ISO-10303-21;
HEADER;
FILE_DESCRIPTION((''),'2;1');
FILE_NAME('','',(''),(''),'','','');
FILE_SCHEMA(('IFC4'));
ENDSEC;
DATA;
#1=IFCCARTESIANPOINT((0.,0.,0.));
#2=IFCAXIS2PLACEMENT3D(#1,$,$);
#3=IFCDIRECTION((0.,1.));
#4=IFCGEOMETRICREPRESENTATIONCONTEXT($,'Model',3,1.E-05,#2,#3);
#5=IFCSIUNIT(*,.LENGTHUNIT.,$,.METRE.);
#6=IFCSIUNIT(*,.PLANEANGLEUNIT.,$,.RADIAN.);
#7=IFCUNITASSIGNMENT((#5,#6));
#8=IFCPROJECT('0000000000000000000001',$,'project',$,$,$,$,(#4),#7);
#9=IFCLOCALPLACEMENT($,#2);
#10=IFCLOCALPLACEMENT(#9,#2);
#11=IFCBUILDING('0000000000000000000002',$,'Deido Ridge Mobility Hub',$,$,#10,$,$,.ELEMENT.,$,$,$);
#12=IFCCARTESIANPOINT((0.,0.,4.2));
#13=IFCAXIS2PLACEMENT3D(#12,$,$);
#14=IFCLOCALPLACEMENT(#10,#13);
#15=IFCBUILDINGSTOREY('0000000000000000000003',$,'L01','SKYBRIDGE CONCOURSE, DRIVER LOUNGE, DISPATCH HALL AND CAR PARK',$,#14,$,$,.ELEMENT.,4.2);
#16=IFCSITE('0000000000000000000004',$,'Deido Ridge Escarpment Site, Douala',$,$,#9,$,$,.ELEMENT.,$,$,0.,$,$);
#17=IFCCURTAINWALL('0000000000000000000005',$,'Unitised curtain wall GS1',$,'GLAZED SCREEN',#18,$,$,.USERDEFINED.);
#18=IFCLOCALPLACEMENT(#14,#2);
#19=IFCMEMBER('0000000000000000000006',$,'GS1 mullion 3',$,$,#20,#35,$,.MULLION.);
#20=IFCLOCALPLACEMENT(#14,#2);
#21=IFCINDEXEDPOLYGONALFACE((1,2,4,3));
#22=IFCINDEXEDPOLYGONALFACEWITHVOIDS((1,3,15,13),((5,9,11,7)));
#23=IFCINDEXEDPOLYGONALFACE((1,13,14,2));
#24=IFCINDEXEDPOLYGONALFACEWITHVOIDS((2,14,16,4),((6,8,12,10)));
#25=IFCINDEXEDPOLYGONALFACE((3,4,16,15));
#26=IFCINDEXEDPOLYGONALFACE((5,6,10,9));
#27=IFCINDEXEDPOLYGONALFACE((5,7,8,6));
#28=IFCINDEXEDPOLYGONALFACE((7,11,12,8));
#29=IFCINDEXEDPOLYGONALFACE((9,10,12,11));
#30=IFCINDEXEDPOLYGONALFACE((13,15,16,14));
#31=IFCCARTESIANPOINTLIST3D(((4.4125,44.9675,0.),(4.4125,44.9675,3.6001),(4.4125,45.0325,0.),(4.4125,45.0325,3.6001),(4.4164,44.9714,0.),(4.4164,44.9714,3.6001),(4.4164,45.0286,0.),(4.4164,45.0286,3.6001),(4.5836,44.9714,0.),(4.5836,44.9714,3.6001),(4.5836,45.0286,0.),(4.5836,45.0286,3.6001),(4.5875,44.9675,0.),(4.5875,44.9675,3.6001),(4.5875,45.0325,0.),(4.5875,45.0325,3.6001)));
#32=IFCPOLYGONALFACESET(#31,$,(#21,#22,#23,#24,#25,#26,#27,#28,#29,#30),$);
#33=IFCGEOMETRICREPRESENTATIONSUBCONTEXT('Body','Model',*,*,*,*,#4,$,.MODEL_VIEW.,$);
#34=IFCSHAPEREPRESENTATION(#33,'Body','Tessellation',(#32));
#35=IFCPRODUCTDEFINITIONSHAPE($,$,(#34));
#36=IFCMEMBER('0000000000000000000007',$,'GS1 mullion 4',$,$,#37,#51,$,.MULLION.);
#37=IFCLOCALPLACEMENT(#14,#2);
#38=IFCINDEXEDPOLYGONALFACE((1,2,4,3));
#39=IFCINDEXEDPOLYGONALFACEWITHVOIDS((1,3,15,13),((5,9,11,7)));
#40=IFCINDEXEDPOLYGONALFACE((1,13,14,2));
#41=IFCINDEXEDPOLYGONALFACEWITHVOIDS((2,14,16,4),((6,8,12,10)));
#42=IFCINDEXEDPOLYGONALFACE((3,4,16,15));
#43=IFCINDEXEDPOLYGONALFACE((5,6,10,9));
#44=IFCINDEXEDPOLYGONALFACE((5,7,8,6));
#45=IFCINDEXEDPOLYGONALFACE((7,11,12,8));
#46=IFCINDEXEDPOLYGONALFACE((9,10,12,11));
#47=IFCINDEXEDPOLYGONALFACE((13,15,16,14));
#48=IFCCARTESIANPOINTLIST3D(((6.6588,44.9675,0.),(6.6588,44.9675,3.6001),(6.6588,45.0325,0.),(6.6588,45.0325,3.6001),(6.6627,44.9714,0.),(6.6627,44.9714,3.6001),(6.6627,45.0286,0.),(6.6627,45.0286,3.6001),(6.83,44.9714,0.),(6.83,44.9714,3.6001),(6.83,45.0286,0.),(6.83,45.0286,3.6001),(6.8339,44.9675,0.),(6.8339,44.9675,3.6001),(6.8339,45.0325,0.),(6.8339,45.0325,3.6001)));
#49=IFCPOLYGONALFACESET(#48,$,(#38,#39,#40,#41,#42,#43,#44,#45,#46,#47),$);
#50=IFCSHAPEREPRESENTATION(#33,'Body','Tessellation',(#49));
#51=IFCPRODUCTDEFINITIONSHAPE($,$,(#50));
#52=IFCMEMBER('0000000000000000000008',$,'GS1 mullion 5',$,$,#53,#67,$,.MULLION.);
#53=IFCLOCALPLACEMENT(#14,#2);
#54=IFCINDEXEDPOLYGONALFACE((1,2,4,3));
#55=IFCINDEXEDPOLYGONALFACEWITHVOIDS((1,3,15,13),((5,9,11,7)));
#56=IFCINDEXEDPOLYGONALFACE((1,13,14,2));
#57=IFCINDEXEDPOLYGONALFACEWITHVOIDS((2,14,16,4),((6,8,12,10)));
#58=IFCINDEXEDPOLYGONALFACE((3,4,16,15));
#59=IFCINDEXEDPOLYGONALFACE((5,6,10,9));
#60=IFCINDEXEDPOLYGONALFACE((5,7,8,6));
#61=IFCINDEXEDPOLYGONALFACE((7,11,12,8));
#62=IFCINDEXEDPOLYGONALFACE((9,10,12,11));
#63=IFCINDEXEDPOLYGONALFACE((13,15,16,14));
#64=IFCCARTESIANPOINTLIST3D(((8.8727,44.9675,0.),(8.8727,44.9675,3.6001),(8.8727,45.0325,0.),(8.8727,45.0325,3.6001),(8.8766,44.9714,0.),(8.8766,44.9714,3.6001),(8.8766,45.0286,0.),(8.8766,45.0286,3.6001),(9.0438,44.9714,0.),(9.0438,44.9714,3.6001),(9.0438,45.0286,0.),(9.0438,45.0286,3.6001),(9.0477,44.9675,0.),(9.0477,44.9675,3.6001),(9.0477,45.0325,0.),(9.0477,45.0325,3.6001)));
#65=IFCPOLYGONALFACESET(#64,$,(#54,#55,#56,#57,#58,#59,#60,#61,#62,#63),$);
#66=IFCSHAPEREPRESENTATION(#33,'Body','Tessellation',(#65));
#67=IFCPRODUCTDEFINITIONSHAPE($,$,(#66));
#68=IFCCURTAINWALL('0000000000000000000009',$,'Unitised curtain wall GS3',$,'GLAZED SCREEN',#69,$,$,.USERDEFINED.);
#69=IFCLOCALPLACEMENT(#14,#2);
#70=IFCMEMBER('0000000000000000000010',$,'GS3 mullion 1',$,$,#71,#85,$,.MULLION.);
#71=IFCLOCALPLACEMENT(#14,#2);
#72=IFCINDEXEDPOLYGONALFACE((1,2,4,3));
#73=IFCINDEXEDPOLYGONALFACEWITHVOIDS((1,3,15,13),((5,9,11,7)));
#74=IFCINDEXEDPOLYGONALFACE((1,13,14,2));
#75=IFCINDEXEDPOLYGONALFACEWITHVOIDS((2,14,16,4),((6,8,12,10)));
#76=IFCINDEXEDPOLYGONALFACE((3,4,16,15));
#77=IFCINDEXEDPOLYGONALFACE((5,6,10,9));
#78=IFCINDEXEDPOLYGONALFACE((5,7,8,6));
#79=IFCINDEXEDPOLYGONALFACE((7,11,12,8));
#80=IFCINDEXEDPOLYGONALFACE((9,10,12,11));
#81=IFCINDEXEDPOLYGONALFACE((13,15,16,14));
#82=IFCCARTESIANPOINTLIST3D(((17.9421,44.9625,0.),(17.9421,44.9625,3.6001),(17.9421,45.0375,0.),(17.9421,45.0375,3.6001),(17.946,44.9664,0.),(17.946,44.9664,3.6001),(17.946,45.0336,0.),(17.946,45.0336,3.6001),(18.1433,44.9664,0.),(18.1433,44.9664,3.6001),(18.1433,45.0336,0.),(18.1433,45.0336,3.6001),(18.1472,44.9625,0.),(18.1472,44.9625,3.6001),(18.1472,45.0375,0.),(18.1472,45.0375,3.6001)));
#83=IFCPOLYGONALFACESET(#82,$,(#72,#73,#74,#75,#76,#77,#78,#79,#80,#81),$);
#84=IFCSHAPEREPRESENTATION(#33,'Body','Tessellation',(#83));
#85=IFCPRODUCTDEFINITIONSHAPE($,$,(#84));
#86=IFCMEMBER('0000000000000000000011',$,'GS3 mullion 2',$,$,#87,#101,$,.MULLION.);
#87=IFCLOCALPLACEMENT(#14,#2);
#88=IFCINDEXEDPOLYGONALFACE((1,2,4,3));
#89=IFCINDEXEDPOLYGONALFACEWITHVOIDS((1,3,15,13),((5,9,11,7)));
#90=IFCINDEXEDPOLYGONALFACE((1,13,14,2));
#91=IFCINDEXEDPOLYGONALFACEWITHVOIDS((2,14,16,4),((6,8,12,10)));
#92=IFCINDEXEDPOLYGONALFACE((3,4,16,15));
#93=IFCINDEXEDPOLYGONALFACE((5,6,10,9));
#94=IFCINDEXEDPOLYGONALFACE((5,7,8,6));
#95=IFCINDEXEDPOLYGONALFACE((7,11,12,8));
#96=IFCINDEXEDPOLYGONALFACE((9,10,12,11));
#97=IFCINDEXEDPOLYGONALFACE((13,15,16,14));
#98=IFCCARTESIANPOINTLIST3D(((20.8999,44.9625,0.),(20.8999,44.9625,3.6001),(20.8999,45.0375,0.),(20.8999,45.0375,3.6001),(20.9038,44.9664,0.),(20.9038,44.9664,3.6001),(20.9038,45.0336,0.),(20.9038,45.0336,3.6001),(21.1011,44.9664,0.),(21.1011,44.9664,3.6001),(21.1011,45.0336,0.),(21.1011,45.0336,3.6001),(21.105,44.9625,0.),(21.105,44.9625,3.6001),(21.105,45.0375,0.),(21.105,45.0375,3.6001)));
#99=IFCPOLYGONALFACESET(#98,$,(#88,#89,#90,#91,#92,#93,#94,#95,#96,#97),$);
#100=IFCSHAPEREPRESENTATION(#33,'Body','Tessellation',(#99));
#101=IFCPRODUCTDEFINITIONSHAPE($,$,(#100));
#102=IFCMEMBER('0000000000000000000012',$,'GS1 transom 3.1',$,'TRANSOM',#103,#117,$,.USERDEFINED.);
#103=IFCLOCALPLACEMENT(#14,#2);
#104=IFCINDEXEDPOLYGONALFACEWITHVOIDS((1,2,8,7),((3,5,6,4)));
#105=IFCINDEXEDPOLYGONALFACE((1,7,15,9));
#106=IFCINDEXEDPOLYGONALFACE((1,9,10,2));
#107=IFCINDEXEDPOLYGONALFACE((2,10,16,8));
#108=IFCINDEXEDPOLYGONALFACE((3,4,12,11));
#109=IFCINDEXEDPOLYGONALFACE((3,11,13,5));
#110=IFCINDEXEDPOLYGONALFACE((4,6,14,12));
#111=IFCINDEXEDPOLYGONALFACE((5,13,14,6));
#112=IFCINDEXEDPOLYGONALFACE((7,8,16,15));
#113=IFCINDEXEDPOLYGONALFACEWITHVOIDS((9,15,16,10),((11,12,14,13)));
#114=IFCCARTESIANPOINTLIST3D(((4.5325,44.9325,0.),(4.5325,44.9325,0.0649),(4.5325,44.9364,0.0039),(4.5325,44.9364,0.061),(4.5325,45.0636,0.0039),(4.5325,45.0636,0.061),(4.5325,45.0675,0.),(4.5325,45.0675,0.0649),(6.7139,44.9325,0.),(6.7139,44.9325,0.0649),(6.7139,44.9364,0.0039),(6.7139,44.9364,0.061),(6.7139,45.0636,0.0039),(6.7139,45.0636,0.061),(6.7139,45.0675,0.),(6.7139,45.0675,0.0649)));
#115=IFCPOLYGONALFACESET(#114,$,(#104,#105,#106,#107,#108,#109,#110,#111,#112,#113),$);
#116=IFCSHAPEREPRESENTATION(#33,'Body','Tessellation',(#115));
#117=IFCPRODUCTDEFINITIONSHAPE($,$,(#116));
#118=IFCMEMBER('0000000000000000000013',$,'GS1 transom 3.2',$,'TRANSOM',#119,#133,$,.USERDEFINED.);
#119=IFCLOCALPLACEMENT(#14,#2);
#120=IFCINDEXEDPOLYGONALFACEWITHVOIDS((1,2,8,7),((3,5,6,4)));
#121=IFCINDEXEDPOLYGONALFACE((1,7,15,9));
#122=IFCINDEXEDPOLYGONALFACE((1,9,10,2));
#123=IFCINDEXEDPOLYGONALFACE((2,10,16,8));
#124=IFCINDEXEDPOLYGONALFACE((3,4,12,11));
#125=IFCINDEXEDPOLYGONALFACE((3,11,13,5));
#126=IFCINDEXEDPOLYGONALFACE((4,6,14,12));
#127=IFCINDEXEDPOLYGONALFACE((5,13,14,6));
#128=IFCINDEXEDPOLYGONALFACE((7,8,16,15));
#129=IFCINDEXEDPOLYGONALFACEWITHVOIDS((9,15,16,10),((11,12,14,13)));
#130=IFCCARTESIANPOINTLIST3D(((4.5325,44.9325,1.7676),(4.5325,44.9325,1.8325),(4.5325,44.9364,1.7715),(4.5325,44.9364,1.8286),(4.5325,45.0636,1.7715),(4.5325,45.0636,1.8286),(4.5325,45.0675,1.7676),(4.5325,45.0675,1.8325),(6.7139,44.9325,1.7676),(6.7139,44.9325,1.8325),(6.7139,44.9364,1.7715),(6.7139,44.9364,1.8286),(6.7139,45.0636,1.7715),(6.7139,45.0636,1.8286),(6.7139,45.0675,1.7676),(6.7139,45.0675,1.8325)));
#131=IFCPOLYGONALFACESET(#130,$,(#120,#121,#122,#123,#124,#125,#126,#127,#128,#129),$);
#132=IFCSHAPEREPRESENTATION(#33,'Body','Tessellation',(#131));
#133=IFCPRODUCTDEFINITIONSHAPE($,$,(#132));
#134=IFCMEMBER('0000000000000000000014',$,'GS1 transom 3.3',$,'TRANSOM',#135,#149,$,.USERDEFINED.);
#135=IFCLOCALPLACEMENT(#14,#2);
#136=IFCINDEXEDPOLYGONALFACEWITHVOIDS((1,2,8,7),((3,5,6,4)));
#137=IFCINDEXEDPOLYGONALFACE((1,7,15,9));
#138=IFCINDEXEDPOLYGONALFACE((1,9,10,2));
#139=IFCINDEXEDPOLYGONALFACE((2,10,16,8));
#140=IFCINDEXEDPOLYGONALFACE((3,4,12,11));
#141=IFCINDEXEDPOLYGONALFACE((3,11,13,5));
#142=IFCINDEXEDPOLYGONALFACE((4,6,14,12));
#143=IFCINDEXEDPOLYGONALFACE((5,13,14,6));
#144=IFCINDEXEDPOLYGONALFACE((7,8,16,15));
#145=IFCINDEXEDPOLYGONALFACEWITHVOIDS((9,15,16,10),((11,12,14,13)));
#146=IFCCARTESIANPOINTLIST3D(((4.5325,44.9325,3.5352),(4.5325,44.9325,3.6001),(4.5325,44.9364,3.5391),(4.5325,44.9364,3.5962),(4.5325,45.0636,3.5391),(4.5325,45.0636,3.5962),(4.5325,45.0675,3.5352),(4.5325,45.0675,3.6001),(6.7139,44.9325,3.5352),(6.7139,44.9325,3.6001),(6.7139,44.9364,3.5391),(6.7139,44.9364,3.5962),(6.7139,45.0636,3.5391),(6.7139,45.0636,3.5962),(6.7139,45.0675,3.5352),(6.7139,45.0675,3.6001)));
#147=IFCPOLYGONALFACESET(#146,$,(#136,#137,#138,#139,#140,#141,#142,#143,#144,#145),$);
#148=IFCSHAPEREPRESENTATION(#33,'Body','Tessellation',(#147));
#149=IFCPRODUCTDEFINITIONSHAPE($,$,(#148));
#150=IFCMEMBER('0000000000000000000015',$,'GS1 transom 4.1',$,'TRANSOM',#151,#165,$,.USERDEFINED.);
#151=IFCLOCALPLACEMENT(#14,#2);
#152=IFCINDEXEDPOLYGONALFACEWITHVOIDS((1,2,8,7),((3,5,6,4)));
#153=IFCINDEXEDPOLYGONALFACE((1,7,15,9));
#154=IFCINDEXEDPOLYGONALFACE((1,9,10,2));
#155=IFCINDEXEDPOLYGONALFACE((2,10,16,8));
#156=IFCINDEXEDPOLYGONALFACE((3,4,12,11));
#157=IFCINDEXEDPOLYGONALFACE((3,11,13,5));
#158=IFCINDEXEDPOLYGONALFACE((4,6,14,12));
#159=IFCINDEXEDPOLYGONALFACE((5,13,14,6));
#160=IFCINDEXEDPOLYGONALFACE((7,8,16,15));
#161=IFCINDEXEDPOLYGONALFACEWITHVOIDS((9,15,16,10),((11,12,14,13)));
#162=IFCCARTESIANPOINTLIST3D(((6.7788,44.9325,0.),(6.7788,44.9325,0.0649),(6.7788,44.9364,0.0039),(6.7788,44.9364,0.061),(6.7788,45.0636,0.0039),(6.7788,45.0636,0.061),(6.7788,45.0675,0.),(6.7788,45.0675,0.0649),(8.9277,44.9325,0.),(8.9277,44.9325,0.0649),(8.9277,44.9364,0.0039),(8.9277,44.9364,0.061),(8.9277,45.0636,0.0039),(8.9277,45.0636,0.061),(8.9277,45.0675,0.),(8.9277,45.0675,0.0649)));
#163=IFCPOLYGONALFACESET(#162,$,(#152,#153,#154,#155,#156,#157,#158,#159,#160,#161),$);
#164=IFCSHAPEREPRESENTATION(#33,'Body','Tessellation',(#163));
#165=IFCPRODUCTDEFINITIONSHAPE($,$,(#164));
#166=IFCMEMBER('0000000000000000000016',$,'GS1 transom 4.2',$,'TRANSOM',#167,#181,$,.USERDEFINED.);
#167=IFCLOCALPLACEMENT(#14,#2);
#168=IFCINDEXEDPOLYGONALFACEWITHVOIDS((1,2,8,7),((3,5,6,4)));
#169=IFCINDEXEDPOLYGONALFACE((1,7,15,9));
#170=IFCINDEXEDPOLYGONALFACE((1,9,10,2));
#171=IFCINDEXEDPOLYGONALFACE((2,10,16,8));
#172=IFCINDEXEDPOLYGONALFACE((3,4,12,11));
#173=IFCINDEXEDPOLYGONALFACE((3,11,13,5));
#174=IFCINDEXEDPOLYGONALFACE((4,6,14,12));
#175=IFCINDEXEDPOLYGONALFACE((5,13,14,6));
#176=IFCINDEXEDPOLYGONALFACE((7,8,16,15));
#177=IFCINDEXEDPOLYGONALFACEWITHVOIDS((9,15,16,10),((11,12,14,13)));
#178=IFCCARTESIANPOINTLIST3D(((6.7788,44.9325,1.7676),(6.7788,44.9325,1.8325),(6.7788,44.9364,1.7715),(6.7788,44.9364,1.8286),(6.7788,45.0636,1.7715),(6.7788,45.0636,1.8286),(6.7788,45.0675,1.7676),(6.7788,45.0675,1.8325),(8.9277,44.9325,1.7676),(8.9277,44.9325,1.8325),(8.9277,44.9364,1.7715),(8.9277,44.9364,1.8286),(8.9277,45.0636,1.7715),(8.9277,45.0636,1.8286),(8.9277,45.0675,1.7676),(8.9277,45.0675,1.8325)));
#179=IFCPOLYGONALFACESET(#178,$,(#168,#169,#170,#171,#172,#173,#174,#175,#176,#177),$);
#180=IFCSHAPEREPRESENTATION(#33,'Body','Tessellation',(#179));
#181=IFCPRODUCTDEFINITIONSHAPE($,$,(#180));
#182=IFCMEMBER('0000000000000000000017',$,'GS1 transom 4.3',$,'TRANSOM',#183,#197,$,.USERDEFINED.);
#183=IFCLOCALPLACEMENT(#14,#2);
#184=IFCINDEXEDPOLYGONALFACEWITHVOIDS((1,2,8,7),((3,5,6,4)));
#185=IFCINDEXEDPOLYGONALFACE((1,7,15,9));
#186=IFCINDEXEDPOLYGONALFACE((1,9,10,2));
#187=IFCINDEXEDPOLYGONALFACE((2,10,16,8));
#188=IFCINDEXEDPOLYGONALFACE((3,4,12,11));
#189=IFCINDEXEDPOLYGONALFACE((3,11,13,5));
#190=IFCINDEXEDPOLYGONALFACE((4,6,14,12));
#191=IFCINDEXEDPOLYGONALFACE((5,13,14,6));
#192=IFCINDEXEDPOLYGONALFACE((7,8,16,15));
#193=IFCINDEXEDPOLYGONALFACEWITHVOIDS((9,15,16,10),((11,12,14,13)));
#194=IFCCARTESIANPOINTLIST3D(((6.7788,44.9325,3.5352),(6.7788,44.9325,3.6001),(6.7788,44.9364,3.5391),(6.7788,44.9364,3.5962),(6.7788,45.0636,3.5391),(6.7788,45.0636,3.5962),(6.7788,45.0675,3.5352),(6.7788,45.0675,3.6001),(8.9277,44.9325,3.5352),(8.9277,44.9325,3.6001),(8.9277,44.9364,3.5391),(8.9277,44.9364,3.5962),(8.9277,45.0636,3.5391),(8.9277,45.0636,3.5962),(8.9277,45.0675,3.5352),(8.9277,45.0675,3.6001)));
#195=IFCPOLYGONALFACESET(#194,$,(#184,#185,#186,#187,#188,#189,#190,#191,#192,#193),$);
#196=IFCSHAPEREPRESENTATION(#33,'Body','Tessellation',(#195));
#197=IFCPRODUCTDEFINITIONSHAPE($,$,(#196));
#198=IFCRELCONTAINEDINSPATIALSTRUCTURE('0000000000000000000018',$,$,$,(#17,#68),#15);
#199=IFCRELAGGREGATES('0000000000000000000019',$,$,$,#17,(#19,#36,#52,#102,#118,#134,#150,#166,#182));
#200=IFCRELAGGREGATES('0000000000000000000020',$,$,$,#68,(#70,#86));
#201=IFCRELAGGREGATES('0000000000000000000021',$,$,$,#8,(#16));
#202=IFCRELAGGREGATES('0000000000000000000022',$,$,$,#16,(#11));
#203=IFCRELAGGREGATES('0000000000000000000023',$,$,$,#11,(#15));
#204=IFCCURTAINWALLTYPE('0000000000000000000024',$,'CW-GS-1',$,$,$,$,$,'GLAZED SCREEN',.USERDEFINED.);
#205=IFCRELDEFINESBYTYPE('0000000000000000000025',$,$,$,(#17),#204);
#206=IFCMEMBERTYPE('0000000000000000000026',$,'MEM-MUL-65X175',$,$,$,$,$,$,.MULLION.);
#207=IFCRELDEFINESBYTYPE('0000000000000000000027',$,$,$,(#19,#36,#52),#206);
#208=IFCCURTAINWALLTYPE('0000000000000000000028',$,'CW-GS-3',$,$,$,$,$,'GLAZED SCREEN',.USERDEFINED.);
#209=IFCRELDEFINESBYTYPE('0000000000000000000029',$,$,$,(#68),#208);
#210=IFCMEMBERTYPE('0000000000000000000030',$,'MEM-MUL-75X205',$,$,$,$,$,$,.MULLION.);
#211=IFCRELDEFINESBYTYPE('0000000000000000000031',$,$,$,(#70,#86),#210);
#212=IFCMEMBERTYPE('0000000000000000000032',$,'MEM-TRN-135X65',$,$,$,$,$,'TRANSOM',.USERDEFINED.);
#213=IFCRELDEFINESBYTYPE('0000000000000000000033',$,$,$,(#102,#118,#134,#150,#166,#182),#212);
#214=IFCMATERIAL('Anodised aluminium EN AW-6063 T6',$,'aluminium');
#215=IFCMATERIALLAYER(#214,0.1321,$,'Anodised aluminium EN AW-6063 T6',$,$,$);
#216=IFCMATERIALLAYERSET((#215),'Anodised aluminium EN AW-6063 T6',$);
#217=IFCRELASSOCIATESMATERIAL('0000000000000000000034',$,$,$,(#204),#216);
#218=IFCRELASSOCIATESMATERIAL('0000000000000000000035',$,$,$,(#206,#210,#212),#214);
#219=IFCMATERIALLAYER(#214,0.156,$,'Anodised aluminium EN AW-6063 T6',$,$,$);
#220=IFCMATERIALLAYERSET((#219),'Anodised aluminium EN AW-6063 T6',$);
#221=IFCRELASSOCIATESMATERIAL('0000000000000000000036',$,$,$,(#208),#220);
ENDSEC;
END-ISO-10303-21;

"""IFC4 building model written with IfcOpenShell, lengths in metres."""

from ifc_helpers import new_model, si_unit, direction, frame, origin, origin_2d, place, context, subcontext, project, spatial, hollow_rectangle, extrude, material, layer, layer_set, material_profile, profile_set, type_object, element, aggregate, save


model = new_model("IFC4")

# Units and contexts
model_context = context("Model", 3, precision=1e-05, world=origin(), true_north=direction((0.0, 1.0)))
body_context = subcontext(model_context, "Body", "Model", "MODEL_VIEW")
ifc_project = project(units=[si_unit("LENGTHUNIT", "METRE"), si_unit("PLANEANGLEUNIT", "RADIAN")], contexts=[model_context])

# Site, building, storey
site_placement = place(None, origin())
site = spatial("IfcSite", under=ifc_project, at=site_placement, Name="Deido Ridge Escarpment Site, Douala", CompositionType="ELEMENT", RefElevation=0.0)
building_placement = place(site_placement, origin())
building = spatial("IfcBuilding", under=site, at=building_placement, Name="Deido Ridge Mobility Hub", CompositionType="ELEMENT")
storey_placement = place(building_placement, frame((0.0, 0.0, 4.2)))
storey = spatial("IfcBuildingStorey", under=building, at=storey_placement, Name="L01", Description="SKYBRIDGE CONCOURSE, DRIVER LOUNGE, DISPATCH HALL AND CAR PARK", CompositionType="ELEMENT", Elevation=4.2)

# Curtain walls, members
ifc_material_1 = material(Name="Anodised aluminium EN AW-6063 T6", Category="aluminium")
ifc_layer_1 = layer(ifc_material_1, 0.1321, Name="Anodised aluminium EN AW-6063 T6")
ifc_layer_set_1 = layer_set([ifc_layer_1], Name="Anodised aluminium EN AW-6063 T6")
curtain_wall_type_1 = type_object("IfcCurtainWallType", Name="CW-GS-1", ElementType="GLAZED SCREEN", PredefinedType="USERDEFINED", material=ifc_layer_set_1)
curtain_wall_1_placement = place(storey_placement, origin())
curtain_wall_1 = element("IfcCurtainWall", 1, at=curtain_wall_1_placement, inside=storey, type_object=curtain_wall_type_1, Name="Unitised curtain wall GS1", ObjectType="GLAZED SCREEN", PredefinedType="USERDEFINED")
ifc_material_profile_1 = material_profile(ifc_material_1, hollow_rectangle(XDim=0.0649, YDim=0.175, WallThickness=0.0039, at=origin_2d()), Name="RHS 65x175x4")
ifc_profile_set_1 = profile_set([ifc_material_profile_1], Name="Anodised aluminium EN AW-6063 T6")
member_type_1 = type_object("IfcMemberType", Name="MEM-MUL-65X175", PredefinedType="MULLION", material=ifc_profile_set_1)
member_1_placement = place(storey_placement, frame((4.5, 45.0, 0.0), z_axis=(0.0, 0.0, 1.0), x_axis=(0.0, 1.0, 0.0)))
member_1 = element("IfcMember", 2, at=member_1_placement, type_object=member_type_1, Name="GS1 mullion 3", PredefinedType="MULLION", context=body_context, shape_type="SweptSolid", body=[
    extrude(hollow_rectangle(XDim=0.0649, YDim=0.175, WallThickness=0.0039, at=origin_2d()), origin(), (0.0, 0.0, 1.0), 3.6001),
])
member_2_placement = place(storey_placement, frame((6.7463, 45.0, 0.0), z_axis=(0.0, 0.0, 1.0), x_axis=(0.0, 1.0, 0.0)))
member_2 = element("IfcMember", 3, at=member_2_placement, type_object=member_type_1, Name="GS1 mullion 4", PredefinedType="MULLION", context=body_context, shape_type="SweptSolid", body=[
    extrude(hollow_rectangle(XDim=0.0649, YDim=0.175, WallThickness=0.0039, at=origin_2d()), origin(), (0.0, 0.0, 1.0), 3.6001),
])
member_3_placement = place(storey_placement, frame((8.9602, 45.0, 0.0), z_axis=(0.0, 0.0, 1.0), x_axis=(0.0, 1.0, 0.0)))
member_3 = element("IfcMember", 4, at=member_3_placement, type_object=member_type_1, Name="GS1 mullion 5", PredefinedType="MULLION", context=body_context, shape_type="SweptSolid", body=[
    extrude(hollow_rectangle(XDim=0.0649, YDim=0.175, WallThickness=0.0039, at=origin_2d()), origin(), (0.0, 0.0, 1.0), 3.6001),
])
ifc_layer_2 = layer(ifc_material_1, 0.156, Name="Anodised aluminium EN AW-6063 T6")
ifc_layer_set_2 = layer_set([ifc_layer_2], Name="Anodised aluminium EN AW-6063 T6")
curtain_wall_type_2 = type_object("IfcCurtainWallType", Name="CW-GS-3", ElementType="GLAZED SCREEN", PredefinedType="USERDEFINED", material=ifc_layer_set_2)
curtain_wall_2_placement = place(storey_placement, origin())
curtain_wall_2 = element("IfcCurtainWall", 5, at=curtain_wall_2_placement, inside=storey, type_object=curtain_wall_type_2, Name="Unitised curtain wall GS3", ObjectType="GLAZED SCREEN", PredefinedType="USERDEFINED")
ifc_material_profile_2 = material_profile(ifc_material_1, hollow_rectangle(XDim=0.075, YDim=0.2051, WallThickness=0.0039, at=origin_2d()), Name="RHS 75x205x4")
ifc_profile_set_2 = profile_set([ifc_material_profile_2], Name="Anodised aluminium EN AW-6063 T6")
member_type_2 = type_object("IfcMemberType", Name="MEM-MUL-75X205", PredefinedType="MULLION", material=ifc_profile_set_2)
member_4_placement = place(storey_placement, frame((18.0447, 45.0, 0.0), z_axis=(0.0, 0.0, 1.0), x_axis=(0.0, 1.0, 0.0)))
member_4 = element("IfcMember", 6, at=member_4_placement, type_object=member_type_2, Name="GS3 mullion 1", PredefinedType="MULLION", context=body_context, shape_type="SweptSolid", body=[
    extrude(hollow_rectangle(XDim=0.075, YDim=0.2051, WallThickness=0.0039, at=origin_2d()), origin(), (0.0, 0.0, 1.0), 3.6001),
])
member_5_placement = place(storey_placement, frame((21.0024, 45.0, 0.0), z_axis=(0.0, 0.0, 1.0), x_axis=(0.0, 1.0, 0.0)))
member_5 = element("IfcMember", 7, at=member_5_placement, type_object=member_type_2, Name="GS3 mullion 2", PredefinedType="MULLION", context=body_context, shape_type="SweptSolid", body=[
    extrude(hollow_rectangle(XDim=0.075, YDim=0.2051, WallThickness=0.0039, at=origin_2d()), origin(), (0.0, 0.0, 1.0), 3.6001),
])

# Members
ifc_material_profile_3 = material_profile(ifc_material_1, hollow_rectangle(XDim=0.135, YDim=0.0649, WallThickness=0.0039, at=origin_2d()), Name="RHS 135x65x4")
ifc_profile_set_3 = profile_set([ifc_material_profile_3], Name="Anodised aluminium EN AW-6063 T6")
member_type_3 = type_object("IfcMemberType", Name="MEM-TRN-135X65", ElementType="TRANSOM", PredefinedType="USERDEFINED", material=ifc_profile_set_3)
member_6_placement = place(storey_placement, frame((4.5325, 45.0, 0.0325), z_axis=(1.0, 0.0, 0.0), x_axis=(0.0, 1.0, 0.0)))
member_6 = element("IfcMember", 8, at=member_6_placement, type_object=member_type_3, Name="GS1 transom 3.1", ObjectType="TRANSOM", PredefinedType="USERDEFINED", context=body_context, shape_type="SweptSolid", body=[
    extrude(hollow_rectangle(XDim=0.135, YDim=0.0649, WallThickness=0.0039, at=origin_2d()), origin(), (0.0, 0.0, 1.0), 2.1814),
])
member_7_placement = place(storey_placement, frame((4.5325, 45.0, 1.8), z_axis=(1.0, 0.0, 0.0), x_axis=(0.0, 1.0, 0.0)))
member_7 = element("IfcMember", 9, at=member_7_placement, type_object=member_type_3, Name="GS1 transom 3.2", ObjectType="TRANSOM", PredefinedType="USERDEFINED", context=body_context, shape_type="SweptSolid", body=[
    extrude(hollow_rectangle(XDim=0.135, YDim=0.0649, WallThickness=0.0039, at=origin_2d()), origin(), (0.0, 0.0, 1.0), 2.1814),
])
member_8_placement = place(storey_placement, frame((4.5325, 45.0, 3.5676), z_axis=(1.0, 0.0, 0.0), x_axis=(0.0, 1.0, 0.0)))
member_8 = element("IfcMember", 10, at=member_8_placement, type_object=member_type_3, Name="GS1 transom 3.3", ObjectType="TRANSOM", PredefinedType="USERDEFINED", context=body_context, shape_type="SweptSolid", body=[
    extrude(hollow_rectangle(XDim=0.135, YDim=0.0649, WallThickness=0.0039, at=origin_2d()), origin(), (0.0, 0.0, 1.0), 2.1814),
])
member_9_placement = place(storey_placement, frame((6.7788, 45.0, 0.0325), z_axis=(1.0, 0.0, 0.0), x_axis=(0.0, 1.0, 0.0)))
member_9 = element("IfcMember", 11, at=member_9_placement, type_object=member_type_3, Name="GS1 transom 4.1", ObjectType="TRANSOM", PredefinedType="USERDEFINED", context=body_context, shape_type="SweptSolid", body=[
    extrude(hollow_rectangle(XDim=0.135, YDim=0.0649, WallThickness=0.0039, at=origin_2d()), origin(), (0.0, 0.0, 1.0), 2.1489),
])
member_10_placement = place(storey_placement, frame((6.7788, 45.0, 1.8), z_axis=(1.0, 0.0, 0.0), x_axis=(0.0, 1.0, 0.0)))
member_10 = element("IfcMember", 12, at=member_10_placement, type_object=member_type_3, Name="GS1 transom 4.2", ObjectType="TRANSOM", PredefinedType="USERDEFINED", context=body_context, shape_type="SweptSolid", body=[
    extrude(hollow_rectangle(XDim=0.135, YDim=0.0649, WallThickness=0.0039, at=origin_2d()), origin(), (0.0, 0.0, 1.0), 2.1489),
])
member_11_placement = place(storey_placement, frame((6.7788, 45.0, 3.5676), z_axis=(1.0, 0.0, 0.0), x_axis=(0.0, 1.0, 0.0)))
member_11 = element("IfcMember", 13, at=member_11_placement, type_object=member_type_3, Name="GS1 transom 4.3", ObjectType="TRANSOM", PredefinedType="USERDEFINED", context=body_context, shape_type="SweptSolid", body=[
    extrude(hollow_rectangle(XDim=0.135, YDim=0.0649, WallThickness=0.0039, at=origin_2d()), origin(), (0.0, 0.0, 1.0), 2.1489),
])

aggregate(curtain_wall_1, [member_1, member_2, member_3, member_6, member_7, member_8, member_9, member_10, member_11])
aggregate(curtain_wall_2, [member_4, member_5])

save(model, "model.ifc")
